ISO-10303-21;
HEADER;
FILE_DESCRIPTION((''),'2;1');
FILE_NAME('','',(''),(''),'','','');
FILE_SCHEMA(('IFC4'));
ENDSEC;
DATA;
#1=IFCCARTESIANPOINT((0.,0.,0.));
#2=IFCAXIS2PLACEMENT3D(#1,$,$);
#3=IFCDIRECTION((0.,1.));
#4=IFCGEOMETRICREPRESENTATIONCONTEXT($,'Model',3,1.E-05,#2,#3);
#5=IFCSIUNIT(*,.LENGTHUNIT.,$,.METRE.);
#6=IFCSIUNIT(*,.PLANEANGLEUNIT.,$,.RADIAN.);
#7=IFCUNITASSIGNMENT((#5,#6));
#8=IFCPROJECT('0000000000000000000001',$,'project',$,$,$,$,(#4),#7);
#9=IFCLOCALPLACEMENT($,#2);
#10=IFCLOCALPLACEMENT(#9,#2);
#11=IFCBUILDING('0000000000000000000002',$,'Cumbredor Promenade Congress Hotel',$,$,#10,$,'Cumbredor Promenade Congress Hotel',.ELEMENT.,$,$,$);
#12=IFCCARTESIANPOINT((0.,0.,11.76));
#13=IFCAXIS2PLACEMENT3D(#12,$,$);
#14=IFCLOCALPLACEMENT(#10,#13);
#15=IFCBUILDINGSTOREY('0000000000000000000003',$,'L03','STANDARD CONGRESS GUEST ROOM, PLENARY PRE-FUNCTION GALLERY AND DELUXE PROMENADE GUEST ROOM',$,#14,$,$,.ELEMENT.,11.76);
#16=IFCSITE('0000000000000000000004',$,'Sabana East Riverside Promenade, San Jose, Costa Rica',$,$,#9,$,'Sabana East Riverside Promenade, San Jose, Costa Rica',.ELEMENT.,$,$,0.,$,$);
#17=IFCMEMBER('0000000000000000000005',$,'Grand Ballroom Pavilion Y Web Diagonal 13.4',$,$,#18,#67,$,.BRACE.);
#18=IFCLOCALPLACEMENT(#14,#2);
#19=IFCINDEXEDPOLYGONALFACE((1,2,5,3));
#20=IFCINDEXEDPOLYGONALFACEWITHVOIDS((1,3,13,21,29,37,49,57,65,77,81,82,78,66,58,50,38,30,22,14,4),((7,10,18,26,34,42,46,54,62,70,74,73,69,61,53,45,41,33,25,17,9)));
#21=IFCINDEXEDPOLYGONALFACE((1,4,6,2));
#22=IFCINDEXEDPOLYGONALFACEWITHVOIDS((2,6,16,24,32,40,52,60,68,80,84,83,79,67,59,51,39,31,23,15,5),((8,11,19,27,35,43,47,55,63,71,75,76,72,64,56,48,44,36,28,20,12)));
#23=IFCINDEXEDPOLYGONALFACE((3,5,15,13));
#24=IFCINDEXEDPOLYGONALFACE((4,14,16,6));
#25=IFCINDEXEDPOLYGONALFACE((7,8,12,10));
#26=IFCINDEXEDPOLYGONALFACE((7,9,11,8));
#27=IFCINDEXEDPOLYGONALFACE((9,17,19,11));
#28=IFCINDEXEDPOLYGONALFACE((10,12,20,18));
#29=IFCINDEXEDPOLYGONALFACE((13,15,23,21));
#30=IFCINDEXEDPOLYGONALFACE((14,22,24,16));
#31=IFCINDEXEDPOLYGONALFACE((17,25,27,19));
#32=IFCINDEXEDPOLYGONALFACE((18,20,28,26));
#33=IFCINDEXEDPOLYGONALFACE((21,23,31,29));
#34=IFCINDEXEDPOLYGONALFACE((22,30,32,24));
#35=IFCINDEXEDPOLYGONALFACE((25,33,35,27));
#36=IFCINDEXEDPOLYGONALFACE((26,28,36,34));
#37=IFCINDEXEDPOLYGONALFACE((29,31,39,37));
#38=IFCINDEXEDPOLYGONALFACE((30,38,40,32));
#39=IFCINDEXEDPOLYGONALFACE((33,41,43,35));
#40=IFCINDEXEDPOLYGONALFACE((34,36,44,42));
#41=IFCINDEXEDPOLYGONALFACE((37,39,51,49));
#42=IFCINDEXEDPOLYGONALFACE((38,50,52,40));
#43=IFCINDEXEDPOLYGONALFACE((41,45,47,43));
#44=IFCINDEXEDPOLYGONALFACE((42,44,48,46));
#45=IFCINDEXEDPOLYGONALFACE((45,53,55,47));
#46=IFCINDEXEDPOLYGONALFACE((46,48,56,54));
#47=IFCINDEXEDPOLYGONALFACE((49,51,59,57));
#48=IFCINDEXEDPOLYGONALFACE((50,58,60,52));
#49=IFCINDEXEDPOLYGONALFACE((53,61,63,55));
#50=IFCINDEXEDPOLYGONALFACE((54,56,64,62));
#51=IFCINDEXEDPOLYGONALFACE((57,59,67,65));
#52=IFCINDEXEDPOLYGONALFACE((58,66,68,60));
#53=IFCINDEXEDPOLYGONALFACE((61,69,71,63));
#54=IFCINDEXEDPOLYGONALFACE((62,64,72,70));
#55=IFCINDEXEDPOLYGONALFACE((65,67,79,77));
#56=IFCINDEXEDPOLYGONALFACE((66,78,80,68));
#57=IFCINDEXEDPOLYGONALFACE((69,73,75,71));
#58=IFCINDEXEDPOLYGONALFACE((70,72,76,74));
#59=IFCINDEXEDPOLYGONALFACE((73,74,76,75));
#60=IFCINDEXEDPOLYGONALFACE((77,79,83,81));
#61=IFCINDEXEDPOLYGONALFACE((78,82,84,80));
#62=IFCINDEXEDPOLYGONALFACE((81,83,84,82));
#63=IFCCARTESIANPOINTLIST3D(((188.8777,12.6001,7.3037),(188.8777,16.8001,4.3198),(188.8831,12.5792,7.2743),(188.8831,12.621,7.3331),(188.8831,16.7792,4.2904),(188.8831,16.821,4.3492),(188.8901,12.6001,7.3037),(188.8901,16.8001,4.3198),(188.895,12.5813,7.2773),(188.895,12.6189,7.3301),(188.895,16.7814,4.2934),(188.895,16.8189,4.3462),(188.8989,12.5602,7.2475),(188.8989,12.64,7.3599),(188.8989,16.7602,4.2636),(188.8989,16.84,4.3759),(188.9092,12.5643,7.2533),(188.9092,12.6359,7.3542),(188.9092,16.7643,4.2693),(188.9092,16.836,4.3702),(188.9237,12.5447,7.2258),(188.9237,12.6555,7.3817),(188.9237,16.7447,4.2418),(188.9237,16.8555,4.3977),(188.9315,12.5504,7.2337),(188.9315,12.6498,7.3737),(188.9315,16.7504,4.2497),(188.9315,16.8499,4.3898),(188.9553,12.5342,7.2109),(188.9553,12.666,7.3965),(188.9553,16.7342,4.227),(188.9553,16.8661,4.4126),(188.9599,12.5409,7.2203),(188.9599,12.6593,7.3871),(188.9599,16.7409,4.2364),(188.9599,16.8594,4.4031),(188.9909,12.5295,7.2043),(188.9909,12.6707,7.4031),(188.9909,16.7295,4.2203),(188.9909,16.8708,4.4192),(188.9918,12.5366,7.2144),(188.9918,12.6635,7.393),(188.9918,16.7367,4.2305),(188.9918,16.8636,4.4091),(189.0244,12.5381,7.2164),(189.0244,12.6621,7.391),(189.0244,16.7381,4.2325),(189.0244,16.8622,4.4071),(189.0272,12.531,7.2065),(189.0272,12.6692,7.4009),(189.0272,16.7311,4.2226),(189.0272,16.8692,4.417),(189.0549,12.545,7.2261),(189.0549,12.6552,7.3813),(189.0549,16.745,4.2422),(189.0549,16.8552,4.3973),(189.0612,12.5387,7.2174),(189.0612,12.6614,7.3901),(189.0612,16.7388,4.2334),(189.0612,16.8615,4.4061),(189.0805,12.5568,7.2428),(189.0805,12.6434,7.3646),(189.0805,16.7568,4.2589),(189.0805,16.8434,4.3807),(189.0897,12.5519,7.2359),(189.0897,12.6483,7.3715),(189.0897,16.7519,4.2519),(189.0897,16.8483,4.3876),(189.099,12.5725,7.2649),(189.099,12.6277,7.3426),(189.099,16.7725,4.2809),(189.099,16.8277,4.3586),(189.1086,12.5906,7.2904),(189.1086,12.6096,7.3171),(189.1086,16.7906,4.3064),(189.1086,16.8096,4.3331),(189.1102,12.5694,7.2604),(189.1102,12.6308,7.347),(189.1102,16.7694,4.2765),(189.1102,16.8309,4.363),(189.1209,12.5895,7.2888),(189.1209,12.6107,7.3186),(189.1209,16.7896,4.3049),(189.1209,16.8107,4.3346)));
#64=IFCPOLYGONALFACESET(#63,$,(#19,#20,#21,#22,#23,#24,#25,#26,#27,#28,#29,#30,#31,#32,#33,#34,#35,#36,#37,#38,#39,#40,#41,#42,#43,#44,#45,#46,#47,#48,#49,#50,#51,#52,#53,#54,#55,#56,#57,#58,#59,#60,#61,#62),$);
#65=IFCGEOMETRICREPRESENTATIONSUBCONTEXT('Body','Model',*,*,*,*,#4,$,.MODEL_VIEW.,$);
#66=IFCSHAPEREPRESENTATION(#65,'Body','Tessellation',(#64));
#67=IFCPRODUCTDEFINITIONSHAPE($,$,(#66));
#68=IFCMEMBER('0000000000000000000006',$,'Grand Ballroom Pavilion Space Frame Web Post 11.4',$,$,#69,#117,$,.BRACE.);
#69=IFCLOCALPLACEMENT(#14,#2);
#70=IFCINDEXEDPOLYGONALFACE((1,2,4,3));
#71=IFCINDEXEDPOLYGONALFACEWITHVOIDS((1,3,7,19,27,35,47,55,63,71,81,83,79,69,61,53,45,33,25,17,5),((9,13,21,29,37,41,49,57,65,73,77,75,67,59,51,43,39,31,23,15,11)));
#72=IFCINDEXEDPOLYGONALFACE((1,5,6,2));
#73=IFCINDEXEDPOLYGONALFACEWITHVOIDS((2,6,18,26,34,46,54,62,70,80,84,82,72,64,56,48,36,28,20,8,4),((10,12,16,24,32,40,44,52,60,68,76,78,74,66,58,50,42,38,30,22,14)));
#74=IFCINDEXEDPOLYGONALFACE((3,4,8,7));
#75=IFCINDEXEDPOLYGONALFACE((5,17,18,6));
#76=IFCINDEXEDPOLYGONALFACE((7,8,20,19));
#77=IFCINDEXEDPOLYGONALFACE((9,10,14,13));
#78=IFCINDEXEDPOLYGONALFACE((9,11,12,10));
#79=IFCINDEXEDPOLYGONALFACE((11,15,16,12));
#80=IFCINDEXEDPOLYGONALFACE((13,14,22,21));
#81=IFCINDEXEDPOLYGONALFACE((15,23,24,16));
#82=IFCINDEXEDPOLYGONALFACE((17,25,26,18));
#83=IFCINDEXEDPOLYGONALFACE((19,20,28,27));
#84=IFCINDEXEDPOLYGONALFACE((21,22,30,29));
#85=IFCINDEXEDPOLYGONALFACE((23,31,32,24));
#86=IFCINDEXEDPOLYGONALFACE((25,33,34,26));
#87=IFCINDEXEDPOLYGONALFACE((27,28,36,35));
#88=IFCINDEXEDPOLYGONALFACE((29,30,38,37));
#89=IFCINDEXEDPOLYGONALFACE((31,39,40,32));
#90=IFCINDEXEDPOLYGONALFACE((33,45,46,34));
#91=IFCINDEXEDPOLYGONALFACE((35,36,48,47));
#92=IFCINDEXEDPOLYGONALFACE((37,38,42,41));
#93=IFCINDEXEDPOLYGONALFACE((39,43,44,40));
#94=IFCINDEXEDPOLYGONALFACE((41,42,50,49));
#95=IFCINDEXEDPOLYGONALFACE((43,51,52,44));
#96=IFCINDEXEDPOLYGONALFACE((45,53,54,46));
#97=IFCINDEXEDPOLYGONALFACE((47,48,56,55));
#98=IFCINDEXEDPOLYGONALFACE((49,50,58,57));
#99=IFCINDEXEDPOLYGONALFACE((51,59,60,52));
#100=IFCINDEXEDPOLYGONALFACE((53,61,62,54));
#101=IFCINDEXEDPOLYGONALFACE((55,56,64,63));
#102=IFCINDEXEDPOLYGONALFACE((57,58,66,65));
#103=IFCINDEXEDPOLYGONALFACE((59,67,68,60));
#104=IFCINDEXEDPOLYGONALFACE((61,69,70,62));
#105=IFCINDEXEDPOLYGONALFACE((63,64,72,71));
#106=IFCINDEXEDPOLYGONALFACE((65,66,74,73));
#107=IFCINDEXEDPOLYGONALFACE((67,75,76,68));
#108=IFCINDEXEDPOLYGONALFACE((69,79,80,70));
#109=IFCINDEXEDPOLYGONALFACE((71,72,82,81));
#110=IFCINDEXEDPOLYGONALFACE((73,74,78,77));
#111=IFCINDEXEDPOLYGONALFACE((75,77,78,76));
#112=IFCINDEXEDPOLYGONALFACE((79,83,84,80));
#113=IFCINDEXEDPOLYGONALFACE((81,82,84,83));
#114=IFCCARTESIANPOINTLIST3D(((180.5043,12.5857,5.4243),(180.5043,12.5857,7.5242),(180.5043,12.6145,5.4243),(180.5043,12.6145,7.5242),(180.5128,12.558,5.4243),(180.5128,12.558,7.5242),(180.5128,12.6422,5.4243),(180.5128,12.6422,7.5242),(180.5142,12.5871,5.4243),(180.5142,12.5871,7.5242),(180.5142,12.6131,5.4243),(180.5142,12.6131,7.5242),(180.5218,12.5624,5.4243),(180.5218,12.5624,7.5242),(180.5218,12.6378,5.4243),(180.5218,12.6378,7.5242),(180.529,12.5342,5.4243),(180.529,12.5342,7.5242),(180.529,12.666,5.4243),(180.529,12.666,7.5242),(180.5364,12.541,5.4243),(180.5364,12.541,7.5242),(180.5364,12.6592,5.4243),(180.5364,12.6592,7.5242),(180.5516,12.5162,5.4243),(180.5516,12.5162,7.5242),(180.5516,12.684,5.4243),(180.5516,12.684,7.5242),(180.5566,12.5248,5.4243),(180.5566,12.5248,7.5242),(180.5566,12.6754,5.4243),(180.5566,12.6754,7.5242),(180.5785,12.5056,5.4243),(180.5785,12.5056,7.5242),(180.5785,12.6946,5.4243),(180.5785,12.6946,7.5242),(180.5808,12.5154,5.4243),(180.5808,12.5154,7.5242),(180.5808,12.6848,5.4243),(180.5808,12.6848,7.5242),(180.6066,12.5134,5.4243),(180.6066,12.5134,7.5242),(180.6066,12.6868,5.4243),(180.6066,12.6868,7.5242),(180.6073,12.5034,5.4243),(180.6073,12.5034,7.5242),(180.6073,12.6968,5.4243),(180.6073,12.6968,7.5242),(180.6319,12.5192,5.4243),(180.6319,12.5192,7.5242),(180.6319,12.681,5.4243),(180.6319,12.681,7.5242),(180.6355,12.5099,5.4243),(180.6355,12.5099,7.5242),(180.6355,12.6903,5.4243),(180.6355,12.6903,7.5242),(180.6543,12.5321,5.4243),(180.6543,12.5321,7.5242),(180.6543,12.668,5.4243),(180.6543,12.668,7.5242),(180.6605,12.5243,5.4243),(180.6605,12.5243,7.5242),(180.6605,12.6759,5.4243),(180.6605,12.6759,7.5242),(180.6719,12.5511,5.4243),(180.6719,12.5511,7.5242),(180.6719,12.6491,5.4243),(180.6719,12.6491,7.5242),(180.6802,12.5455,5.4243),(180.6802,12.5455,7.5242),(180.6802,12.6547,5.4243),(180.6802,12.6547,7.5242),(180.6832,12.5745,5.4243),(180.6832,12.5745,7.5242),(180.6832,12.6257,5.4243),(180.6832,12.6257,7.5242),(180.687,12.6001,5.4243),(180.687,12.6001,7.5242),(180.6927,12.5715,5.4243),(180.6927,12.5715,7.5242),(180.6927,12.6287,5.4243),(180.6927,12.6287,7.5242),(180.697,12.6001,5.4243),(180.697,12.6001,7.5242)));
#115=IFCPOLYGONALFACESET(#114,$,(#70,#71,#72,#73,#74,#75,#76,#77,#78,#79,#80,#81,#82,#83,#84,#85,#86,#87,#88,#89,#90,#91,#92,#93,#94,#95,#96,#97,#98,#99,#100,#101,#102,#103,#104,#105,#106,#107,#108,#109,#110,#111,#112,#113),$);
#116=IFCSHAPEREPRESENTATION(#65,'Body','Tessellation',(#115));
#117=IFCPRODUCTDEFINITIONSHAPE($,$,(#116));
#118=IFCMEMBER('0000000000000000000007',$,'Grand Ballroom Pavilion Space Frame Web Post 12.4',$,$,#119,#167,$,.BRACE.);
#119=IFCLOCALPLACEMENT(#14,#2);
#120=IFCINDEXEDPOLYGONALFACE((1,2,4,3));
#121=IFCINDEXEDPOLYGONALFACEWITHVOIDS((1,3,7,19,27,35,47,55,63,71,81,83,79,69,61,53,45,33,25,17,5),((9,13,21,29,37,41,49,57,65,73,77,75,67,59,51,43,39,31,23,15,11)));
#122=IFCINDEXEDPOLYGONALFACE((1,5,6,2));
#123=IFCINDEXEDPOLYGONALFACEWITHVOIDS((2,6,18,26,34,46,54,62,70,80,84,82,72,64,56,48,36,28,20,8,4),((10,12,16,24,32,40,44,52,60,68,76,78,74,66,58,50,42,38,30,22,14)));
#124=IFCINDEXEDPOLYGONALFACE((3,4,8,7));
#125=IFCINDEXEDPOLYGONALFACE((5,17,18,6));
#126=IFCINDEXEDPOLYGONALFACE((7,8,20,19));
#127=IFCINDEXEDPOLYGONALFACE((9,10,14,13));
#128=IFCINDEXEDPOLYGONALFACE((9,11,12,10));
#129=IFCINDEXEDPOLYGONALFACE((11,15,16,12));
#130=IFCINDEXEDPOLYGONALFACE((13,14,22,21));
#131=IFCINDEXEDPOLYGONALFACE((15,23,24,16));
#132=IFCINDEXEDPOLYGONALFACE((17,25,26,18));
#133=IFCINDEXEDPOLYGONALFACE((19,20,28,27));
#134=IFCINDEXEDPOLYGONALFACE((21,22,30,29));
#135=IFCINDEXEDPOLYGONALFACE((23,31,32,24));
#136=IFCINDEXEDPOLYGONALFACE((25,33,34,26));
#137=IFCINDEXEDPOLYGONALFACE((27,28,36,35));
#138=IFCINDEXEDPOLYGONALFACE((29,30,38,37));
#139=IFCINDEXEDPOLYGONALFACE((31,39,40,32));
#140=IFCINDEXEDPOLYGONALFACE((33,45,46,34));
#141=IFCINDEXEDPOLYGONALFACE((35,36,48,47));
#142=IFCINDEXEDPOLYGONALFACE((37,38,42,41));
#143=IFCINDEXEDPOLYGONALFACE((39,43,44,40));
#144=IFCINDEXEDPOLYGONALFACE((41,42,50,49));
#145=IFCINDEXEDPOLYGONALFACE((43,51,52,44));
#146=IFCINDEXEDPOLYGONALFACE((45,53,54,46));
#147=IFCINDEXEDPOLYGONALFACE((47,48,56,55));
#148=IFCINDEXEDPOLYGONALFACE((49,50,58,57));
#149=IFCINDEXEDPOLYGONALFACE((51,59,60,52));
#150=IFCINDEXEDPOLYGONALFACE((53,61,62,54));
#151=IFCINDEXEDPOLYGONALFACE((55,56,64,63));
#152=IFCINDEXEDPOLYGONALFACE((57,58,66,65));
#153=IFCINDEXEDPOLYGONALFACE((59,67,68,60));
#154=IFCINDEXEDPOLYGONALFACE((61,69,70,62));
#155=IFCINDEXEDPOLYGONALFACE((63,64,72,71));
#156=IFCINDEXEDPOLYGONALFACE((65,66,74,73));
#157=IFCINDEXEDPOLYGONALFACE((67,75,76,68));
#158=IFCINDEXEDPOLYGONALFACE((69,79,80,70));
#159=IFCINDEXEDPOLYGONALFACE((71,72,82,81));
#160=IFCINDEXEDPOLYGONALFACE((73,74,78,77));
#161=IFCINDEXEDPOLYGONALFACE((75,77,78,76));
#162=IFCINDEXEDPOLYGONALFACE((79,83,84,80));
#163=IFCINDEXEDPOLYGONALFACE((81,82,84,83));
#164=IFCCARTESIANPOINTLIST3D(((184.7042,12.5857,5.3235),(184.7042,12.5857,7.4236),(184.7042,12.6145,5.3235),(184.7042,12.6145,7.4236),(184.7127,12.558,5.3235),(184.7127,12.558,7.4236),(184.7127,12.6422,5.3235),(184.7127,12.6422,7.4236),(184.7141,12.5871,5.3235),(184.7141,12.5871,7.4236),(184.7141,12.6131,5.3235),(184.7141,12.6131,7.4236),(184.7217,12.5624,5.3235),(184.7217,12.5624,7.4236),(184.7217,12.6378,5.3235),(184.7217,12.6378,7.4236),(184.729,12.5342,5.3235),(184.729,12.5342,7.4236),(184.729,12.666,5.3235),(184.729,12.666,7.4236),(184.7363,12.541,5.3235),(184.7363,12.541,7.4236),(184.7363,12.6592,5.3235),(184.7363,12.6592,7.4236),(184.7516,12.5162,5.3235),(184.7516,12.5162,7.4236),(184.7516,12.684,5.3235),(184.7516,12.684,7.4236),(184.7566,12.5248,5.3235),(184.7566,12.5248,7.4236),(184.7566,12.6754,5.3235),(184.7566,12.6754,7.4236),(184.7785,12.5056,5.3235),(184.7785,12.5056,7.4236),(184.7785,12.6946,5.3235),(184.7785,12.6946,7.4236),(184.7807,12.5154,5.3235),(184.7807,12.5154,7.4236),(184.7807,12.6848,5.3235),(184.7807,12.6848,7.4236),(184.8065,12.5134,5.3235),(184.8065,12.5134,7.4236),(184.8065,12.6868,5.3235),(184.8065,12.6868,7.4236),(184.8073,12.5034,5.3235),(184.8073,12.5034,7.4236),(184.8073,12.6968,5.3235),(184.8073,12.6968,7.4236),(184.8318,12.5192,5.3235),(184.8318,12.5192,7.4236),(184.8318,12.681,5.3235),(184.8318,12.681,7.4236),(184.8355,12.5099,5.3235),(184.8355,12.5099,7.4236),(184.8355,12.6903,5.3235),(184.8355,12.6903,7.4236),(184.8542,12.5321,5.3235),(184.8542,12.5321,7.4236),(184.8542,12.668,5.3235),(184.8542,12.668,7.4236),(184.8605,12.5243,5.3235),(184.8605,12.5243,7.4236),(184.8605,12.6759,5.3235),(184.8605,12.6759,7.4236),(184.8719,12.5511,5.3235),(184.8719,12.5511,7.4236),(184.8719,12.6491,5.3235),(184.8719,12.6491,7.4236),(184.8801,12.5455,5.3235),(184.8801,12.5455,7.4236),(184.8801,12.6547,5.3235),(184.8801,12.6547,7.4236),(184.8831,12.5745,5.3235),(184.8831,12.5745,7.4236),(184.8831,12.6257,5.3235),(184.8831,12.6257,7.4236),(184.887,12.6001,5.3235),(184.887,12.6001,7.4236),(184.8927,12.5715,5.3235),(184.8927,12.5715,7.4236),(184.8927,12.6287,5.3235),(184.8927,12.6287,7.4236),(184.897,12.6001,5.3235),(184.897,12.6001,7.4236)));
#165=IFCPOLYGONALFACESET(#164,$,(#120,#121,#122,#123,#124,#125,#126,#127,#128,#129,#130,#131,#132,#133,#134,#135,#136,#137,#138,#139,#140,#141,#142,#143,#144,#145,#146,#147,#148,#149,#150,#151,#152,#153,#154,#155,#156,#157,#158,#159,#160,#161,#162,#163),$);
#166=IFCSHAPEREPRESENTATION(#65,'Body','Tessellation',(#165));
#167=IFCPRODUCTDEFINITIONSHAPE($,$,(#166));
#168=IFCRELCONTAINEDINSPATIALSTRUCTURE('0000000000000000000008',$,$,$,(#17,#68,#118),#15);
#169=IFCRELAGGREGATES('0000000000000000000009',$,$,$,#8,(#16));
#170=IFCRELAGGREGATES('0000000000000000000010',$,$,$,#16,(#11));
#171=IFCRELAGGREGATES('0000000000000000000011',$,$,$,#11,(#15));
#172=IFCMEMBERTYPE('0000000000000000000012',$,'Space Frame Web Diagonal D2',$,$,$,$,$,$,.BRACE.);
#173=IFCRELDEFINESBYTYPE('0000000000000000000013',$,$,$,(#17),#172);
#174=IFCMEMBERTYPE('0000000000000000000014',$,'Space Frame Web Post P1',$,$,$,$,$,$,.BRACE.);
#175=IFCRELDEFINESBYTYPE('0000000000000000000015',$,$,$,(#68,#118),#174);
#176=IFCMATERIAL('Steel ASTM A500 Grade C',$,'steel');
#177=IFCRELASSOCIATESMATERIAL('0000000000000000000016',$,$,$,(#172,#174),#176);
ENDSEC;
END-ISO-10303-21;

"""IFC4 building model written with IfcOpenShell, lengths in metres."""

from ifc_helpers import new_model, si_unit, direction, frame, origin, origin_2d, place, context, subcontext, project, spatial, hollow_circle, extrude, material, material_profile, profile_set, type_object, element, save


model = new_model("IFC4")

# Units and contexts
model_context = context("Model", 3, precision=1e-05, world=origin(), true_north=direction((0.0, 1.0)))
body_context = subcontext(model_context, "Body", "Model", "MODEL_VIEW")
ifc_project = project(units=[si_unit("LENGTHUNIT", "METRE"), si_unit("PLANEANGLEUNIT", "RADIAN")], contexts=[model_context])

# Site, building, storey
site_placement = place(None, origin())
site = spatial("IfcSite", under=ifc_project, at=site_placement, Name="Sabana East Riverside Promenade, San Jose, Costa Rica", LongName="Sabana East Riverside Promenade, San Jose, Costa Rica", CompositionType="ELEMENT", RefElevation=0.0)
building_placement = place(site_placement, origin())
building = spatial("IfcBuilding", under=site, at=building_placement, Name="Cumbredor Promenade Congress Hotel", LongName="Cumbredor Promenade Congress Hotel", CompositionType="ELEMENT")
storey_placement = place(building_placement, frame((0.0, 0.0, 11.76)))
storey = spatial("IfcBuildingStorey", under=building, at=storey_placement, Name="L03", Description="STANDARD CONGRESS GUEST ROOM, PLENARY PRE-FUNCTION GALLERY AND DELUXE PROMENADE GUEST ROOM", CompositionType="ELEMENT", Elevation=11.76)

# Shared definitions
ifc_material_1 = material(Name="Steel ASTM A500 Grade C", Category="steel")

# Members
ifc_material_profile_1 = material_profile(ifc_material_1, hollow_circle(Radius=0.1223, WallThickness=0.0125, at=origin_2d()), Name="CHS 244.5x12.5")
ifc_profile_set_1 = profile_set([ifc_material_profile_1], Name="Steel ASTM A500 Grade C")
member_type_1 = type_object("IfcMemberType", Name="Space Frame Web Diagonal D2", PredefinedType="BRACE", material=ifc_profile_set_1)
member_1_placement = place(storey_placement, frame((189.0, 12.6001, 7.3037), z_axis=(0.0, 0.815207, -0.57917), x_axis=(-1.0, 0.0, 0.0)))
element("IfcMember", 1, at=member_1_placement, inside=storey, type_object=member_type_1, Name="Grand Ballroom Pavilion Y Web Diagonal 13.4", PredefinedType="BRACE", context=body_context, shape_type="SweptSolid", body=[
    extrude(hollow_circle(Radius=0.1223, WallThickness=0.0125, at=origin_2d()), origin(), (0.0, 0.0, 1.0), 5.1521),
])
ifc_material_profile_2 = material_profile(ifc_material_1, hollow_circle(Radius=0.0969, WallThickness=0.01, at=origin_2d()), Name="CHS 193.7x10")
ifc_profile_set_2 = profile_set([ifc_material_profile_2], Name="Steel ASTM A500 Grade C")
member_type_2 = type_object("IfcMemberType", Name="Space Frame Web Post P1", PredefinedType="BRACE", material=ifc_profile_set_2)
member_2_placement = place(storey_placement, frame((180.6001, 12.6001, 5.4243), z_axis=(0.0, 0.0, 1.0), x_axis=(1.0, 0.0, 0.0)))
element("IfcMember", 2, at=member_2_placement, inside=storey, type_object=member_type_2, Name="Grand Ballroom Pavilion Space Frame Web Post 11.4", PredefinedType="BRACE", context=body_context, shape_type="SweptSolid", body=[
    extrude(hollow_circle(Radius=0.0969, WallThickness=0.01, at=origin_2d()), origin(), (0.0, 0.0, 1.0), 2.0999),
])
for number, where, z_axis, x_axis, name in (
    (3, (184.8, 12.6001, 5.3235), (0.0, 0.0, 1.0), (1.0, 0.0, 0.0), "Grand Ballroom Pavilion Space Frame Web Post 12.4"),
):
    element("IfcMember", number, at=place(storey_placement, frame(where, z_axis=z_axis, x_axis=x_axis)), inside=storey, type_object=member_type_2, Name=name, PredefinedType="BRACE", context=body_context, shape_type="SweptSolid", body=[
        extrude(hollow_circle(Radius=0.0969, WallThickness=0.01, at=origin_2d()), origin(), (0.0, 0.0, 1.0), 2.1001),
    ])

save(model, "model.ifc")
